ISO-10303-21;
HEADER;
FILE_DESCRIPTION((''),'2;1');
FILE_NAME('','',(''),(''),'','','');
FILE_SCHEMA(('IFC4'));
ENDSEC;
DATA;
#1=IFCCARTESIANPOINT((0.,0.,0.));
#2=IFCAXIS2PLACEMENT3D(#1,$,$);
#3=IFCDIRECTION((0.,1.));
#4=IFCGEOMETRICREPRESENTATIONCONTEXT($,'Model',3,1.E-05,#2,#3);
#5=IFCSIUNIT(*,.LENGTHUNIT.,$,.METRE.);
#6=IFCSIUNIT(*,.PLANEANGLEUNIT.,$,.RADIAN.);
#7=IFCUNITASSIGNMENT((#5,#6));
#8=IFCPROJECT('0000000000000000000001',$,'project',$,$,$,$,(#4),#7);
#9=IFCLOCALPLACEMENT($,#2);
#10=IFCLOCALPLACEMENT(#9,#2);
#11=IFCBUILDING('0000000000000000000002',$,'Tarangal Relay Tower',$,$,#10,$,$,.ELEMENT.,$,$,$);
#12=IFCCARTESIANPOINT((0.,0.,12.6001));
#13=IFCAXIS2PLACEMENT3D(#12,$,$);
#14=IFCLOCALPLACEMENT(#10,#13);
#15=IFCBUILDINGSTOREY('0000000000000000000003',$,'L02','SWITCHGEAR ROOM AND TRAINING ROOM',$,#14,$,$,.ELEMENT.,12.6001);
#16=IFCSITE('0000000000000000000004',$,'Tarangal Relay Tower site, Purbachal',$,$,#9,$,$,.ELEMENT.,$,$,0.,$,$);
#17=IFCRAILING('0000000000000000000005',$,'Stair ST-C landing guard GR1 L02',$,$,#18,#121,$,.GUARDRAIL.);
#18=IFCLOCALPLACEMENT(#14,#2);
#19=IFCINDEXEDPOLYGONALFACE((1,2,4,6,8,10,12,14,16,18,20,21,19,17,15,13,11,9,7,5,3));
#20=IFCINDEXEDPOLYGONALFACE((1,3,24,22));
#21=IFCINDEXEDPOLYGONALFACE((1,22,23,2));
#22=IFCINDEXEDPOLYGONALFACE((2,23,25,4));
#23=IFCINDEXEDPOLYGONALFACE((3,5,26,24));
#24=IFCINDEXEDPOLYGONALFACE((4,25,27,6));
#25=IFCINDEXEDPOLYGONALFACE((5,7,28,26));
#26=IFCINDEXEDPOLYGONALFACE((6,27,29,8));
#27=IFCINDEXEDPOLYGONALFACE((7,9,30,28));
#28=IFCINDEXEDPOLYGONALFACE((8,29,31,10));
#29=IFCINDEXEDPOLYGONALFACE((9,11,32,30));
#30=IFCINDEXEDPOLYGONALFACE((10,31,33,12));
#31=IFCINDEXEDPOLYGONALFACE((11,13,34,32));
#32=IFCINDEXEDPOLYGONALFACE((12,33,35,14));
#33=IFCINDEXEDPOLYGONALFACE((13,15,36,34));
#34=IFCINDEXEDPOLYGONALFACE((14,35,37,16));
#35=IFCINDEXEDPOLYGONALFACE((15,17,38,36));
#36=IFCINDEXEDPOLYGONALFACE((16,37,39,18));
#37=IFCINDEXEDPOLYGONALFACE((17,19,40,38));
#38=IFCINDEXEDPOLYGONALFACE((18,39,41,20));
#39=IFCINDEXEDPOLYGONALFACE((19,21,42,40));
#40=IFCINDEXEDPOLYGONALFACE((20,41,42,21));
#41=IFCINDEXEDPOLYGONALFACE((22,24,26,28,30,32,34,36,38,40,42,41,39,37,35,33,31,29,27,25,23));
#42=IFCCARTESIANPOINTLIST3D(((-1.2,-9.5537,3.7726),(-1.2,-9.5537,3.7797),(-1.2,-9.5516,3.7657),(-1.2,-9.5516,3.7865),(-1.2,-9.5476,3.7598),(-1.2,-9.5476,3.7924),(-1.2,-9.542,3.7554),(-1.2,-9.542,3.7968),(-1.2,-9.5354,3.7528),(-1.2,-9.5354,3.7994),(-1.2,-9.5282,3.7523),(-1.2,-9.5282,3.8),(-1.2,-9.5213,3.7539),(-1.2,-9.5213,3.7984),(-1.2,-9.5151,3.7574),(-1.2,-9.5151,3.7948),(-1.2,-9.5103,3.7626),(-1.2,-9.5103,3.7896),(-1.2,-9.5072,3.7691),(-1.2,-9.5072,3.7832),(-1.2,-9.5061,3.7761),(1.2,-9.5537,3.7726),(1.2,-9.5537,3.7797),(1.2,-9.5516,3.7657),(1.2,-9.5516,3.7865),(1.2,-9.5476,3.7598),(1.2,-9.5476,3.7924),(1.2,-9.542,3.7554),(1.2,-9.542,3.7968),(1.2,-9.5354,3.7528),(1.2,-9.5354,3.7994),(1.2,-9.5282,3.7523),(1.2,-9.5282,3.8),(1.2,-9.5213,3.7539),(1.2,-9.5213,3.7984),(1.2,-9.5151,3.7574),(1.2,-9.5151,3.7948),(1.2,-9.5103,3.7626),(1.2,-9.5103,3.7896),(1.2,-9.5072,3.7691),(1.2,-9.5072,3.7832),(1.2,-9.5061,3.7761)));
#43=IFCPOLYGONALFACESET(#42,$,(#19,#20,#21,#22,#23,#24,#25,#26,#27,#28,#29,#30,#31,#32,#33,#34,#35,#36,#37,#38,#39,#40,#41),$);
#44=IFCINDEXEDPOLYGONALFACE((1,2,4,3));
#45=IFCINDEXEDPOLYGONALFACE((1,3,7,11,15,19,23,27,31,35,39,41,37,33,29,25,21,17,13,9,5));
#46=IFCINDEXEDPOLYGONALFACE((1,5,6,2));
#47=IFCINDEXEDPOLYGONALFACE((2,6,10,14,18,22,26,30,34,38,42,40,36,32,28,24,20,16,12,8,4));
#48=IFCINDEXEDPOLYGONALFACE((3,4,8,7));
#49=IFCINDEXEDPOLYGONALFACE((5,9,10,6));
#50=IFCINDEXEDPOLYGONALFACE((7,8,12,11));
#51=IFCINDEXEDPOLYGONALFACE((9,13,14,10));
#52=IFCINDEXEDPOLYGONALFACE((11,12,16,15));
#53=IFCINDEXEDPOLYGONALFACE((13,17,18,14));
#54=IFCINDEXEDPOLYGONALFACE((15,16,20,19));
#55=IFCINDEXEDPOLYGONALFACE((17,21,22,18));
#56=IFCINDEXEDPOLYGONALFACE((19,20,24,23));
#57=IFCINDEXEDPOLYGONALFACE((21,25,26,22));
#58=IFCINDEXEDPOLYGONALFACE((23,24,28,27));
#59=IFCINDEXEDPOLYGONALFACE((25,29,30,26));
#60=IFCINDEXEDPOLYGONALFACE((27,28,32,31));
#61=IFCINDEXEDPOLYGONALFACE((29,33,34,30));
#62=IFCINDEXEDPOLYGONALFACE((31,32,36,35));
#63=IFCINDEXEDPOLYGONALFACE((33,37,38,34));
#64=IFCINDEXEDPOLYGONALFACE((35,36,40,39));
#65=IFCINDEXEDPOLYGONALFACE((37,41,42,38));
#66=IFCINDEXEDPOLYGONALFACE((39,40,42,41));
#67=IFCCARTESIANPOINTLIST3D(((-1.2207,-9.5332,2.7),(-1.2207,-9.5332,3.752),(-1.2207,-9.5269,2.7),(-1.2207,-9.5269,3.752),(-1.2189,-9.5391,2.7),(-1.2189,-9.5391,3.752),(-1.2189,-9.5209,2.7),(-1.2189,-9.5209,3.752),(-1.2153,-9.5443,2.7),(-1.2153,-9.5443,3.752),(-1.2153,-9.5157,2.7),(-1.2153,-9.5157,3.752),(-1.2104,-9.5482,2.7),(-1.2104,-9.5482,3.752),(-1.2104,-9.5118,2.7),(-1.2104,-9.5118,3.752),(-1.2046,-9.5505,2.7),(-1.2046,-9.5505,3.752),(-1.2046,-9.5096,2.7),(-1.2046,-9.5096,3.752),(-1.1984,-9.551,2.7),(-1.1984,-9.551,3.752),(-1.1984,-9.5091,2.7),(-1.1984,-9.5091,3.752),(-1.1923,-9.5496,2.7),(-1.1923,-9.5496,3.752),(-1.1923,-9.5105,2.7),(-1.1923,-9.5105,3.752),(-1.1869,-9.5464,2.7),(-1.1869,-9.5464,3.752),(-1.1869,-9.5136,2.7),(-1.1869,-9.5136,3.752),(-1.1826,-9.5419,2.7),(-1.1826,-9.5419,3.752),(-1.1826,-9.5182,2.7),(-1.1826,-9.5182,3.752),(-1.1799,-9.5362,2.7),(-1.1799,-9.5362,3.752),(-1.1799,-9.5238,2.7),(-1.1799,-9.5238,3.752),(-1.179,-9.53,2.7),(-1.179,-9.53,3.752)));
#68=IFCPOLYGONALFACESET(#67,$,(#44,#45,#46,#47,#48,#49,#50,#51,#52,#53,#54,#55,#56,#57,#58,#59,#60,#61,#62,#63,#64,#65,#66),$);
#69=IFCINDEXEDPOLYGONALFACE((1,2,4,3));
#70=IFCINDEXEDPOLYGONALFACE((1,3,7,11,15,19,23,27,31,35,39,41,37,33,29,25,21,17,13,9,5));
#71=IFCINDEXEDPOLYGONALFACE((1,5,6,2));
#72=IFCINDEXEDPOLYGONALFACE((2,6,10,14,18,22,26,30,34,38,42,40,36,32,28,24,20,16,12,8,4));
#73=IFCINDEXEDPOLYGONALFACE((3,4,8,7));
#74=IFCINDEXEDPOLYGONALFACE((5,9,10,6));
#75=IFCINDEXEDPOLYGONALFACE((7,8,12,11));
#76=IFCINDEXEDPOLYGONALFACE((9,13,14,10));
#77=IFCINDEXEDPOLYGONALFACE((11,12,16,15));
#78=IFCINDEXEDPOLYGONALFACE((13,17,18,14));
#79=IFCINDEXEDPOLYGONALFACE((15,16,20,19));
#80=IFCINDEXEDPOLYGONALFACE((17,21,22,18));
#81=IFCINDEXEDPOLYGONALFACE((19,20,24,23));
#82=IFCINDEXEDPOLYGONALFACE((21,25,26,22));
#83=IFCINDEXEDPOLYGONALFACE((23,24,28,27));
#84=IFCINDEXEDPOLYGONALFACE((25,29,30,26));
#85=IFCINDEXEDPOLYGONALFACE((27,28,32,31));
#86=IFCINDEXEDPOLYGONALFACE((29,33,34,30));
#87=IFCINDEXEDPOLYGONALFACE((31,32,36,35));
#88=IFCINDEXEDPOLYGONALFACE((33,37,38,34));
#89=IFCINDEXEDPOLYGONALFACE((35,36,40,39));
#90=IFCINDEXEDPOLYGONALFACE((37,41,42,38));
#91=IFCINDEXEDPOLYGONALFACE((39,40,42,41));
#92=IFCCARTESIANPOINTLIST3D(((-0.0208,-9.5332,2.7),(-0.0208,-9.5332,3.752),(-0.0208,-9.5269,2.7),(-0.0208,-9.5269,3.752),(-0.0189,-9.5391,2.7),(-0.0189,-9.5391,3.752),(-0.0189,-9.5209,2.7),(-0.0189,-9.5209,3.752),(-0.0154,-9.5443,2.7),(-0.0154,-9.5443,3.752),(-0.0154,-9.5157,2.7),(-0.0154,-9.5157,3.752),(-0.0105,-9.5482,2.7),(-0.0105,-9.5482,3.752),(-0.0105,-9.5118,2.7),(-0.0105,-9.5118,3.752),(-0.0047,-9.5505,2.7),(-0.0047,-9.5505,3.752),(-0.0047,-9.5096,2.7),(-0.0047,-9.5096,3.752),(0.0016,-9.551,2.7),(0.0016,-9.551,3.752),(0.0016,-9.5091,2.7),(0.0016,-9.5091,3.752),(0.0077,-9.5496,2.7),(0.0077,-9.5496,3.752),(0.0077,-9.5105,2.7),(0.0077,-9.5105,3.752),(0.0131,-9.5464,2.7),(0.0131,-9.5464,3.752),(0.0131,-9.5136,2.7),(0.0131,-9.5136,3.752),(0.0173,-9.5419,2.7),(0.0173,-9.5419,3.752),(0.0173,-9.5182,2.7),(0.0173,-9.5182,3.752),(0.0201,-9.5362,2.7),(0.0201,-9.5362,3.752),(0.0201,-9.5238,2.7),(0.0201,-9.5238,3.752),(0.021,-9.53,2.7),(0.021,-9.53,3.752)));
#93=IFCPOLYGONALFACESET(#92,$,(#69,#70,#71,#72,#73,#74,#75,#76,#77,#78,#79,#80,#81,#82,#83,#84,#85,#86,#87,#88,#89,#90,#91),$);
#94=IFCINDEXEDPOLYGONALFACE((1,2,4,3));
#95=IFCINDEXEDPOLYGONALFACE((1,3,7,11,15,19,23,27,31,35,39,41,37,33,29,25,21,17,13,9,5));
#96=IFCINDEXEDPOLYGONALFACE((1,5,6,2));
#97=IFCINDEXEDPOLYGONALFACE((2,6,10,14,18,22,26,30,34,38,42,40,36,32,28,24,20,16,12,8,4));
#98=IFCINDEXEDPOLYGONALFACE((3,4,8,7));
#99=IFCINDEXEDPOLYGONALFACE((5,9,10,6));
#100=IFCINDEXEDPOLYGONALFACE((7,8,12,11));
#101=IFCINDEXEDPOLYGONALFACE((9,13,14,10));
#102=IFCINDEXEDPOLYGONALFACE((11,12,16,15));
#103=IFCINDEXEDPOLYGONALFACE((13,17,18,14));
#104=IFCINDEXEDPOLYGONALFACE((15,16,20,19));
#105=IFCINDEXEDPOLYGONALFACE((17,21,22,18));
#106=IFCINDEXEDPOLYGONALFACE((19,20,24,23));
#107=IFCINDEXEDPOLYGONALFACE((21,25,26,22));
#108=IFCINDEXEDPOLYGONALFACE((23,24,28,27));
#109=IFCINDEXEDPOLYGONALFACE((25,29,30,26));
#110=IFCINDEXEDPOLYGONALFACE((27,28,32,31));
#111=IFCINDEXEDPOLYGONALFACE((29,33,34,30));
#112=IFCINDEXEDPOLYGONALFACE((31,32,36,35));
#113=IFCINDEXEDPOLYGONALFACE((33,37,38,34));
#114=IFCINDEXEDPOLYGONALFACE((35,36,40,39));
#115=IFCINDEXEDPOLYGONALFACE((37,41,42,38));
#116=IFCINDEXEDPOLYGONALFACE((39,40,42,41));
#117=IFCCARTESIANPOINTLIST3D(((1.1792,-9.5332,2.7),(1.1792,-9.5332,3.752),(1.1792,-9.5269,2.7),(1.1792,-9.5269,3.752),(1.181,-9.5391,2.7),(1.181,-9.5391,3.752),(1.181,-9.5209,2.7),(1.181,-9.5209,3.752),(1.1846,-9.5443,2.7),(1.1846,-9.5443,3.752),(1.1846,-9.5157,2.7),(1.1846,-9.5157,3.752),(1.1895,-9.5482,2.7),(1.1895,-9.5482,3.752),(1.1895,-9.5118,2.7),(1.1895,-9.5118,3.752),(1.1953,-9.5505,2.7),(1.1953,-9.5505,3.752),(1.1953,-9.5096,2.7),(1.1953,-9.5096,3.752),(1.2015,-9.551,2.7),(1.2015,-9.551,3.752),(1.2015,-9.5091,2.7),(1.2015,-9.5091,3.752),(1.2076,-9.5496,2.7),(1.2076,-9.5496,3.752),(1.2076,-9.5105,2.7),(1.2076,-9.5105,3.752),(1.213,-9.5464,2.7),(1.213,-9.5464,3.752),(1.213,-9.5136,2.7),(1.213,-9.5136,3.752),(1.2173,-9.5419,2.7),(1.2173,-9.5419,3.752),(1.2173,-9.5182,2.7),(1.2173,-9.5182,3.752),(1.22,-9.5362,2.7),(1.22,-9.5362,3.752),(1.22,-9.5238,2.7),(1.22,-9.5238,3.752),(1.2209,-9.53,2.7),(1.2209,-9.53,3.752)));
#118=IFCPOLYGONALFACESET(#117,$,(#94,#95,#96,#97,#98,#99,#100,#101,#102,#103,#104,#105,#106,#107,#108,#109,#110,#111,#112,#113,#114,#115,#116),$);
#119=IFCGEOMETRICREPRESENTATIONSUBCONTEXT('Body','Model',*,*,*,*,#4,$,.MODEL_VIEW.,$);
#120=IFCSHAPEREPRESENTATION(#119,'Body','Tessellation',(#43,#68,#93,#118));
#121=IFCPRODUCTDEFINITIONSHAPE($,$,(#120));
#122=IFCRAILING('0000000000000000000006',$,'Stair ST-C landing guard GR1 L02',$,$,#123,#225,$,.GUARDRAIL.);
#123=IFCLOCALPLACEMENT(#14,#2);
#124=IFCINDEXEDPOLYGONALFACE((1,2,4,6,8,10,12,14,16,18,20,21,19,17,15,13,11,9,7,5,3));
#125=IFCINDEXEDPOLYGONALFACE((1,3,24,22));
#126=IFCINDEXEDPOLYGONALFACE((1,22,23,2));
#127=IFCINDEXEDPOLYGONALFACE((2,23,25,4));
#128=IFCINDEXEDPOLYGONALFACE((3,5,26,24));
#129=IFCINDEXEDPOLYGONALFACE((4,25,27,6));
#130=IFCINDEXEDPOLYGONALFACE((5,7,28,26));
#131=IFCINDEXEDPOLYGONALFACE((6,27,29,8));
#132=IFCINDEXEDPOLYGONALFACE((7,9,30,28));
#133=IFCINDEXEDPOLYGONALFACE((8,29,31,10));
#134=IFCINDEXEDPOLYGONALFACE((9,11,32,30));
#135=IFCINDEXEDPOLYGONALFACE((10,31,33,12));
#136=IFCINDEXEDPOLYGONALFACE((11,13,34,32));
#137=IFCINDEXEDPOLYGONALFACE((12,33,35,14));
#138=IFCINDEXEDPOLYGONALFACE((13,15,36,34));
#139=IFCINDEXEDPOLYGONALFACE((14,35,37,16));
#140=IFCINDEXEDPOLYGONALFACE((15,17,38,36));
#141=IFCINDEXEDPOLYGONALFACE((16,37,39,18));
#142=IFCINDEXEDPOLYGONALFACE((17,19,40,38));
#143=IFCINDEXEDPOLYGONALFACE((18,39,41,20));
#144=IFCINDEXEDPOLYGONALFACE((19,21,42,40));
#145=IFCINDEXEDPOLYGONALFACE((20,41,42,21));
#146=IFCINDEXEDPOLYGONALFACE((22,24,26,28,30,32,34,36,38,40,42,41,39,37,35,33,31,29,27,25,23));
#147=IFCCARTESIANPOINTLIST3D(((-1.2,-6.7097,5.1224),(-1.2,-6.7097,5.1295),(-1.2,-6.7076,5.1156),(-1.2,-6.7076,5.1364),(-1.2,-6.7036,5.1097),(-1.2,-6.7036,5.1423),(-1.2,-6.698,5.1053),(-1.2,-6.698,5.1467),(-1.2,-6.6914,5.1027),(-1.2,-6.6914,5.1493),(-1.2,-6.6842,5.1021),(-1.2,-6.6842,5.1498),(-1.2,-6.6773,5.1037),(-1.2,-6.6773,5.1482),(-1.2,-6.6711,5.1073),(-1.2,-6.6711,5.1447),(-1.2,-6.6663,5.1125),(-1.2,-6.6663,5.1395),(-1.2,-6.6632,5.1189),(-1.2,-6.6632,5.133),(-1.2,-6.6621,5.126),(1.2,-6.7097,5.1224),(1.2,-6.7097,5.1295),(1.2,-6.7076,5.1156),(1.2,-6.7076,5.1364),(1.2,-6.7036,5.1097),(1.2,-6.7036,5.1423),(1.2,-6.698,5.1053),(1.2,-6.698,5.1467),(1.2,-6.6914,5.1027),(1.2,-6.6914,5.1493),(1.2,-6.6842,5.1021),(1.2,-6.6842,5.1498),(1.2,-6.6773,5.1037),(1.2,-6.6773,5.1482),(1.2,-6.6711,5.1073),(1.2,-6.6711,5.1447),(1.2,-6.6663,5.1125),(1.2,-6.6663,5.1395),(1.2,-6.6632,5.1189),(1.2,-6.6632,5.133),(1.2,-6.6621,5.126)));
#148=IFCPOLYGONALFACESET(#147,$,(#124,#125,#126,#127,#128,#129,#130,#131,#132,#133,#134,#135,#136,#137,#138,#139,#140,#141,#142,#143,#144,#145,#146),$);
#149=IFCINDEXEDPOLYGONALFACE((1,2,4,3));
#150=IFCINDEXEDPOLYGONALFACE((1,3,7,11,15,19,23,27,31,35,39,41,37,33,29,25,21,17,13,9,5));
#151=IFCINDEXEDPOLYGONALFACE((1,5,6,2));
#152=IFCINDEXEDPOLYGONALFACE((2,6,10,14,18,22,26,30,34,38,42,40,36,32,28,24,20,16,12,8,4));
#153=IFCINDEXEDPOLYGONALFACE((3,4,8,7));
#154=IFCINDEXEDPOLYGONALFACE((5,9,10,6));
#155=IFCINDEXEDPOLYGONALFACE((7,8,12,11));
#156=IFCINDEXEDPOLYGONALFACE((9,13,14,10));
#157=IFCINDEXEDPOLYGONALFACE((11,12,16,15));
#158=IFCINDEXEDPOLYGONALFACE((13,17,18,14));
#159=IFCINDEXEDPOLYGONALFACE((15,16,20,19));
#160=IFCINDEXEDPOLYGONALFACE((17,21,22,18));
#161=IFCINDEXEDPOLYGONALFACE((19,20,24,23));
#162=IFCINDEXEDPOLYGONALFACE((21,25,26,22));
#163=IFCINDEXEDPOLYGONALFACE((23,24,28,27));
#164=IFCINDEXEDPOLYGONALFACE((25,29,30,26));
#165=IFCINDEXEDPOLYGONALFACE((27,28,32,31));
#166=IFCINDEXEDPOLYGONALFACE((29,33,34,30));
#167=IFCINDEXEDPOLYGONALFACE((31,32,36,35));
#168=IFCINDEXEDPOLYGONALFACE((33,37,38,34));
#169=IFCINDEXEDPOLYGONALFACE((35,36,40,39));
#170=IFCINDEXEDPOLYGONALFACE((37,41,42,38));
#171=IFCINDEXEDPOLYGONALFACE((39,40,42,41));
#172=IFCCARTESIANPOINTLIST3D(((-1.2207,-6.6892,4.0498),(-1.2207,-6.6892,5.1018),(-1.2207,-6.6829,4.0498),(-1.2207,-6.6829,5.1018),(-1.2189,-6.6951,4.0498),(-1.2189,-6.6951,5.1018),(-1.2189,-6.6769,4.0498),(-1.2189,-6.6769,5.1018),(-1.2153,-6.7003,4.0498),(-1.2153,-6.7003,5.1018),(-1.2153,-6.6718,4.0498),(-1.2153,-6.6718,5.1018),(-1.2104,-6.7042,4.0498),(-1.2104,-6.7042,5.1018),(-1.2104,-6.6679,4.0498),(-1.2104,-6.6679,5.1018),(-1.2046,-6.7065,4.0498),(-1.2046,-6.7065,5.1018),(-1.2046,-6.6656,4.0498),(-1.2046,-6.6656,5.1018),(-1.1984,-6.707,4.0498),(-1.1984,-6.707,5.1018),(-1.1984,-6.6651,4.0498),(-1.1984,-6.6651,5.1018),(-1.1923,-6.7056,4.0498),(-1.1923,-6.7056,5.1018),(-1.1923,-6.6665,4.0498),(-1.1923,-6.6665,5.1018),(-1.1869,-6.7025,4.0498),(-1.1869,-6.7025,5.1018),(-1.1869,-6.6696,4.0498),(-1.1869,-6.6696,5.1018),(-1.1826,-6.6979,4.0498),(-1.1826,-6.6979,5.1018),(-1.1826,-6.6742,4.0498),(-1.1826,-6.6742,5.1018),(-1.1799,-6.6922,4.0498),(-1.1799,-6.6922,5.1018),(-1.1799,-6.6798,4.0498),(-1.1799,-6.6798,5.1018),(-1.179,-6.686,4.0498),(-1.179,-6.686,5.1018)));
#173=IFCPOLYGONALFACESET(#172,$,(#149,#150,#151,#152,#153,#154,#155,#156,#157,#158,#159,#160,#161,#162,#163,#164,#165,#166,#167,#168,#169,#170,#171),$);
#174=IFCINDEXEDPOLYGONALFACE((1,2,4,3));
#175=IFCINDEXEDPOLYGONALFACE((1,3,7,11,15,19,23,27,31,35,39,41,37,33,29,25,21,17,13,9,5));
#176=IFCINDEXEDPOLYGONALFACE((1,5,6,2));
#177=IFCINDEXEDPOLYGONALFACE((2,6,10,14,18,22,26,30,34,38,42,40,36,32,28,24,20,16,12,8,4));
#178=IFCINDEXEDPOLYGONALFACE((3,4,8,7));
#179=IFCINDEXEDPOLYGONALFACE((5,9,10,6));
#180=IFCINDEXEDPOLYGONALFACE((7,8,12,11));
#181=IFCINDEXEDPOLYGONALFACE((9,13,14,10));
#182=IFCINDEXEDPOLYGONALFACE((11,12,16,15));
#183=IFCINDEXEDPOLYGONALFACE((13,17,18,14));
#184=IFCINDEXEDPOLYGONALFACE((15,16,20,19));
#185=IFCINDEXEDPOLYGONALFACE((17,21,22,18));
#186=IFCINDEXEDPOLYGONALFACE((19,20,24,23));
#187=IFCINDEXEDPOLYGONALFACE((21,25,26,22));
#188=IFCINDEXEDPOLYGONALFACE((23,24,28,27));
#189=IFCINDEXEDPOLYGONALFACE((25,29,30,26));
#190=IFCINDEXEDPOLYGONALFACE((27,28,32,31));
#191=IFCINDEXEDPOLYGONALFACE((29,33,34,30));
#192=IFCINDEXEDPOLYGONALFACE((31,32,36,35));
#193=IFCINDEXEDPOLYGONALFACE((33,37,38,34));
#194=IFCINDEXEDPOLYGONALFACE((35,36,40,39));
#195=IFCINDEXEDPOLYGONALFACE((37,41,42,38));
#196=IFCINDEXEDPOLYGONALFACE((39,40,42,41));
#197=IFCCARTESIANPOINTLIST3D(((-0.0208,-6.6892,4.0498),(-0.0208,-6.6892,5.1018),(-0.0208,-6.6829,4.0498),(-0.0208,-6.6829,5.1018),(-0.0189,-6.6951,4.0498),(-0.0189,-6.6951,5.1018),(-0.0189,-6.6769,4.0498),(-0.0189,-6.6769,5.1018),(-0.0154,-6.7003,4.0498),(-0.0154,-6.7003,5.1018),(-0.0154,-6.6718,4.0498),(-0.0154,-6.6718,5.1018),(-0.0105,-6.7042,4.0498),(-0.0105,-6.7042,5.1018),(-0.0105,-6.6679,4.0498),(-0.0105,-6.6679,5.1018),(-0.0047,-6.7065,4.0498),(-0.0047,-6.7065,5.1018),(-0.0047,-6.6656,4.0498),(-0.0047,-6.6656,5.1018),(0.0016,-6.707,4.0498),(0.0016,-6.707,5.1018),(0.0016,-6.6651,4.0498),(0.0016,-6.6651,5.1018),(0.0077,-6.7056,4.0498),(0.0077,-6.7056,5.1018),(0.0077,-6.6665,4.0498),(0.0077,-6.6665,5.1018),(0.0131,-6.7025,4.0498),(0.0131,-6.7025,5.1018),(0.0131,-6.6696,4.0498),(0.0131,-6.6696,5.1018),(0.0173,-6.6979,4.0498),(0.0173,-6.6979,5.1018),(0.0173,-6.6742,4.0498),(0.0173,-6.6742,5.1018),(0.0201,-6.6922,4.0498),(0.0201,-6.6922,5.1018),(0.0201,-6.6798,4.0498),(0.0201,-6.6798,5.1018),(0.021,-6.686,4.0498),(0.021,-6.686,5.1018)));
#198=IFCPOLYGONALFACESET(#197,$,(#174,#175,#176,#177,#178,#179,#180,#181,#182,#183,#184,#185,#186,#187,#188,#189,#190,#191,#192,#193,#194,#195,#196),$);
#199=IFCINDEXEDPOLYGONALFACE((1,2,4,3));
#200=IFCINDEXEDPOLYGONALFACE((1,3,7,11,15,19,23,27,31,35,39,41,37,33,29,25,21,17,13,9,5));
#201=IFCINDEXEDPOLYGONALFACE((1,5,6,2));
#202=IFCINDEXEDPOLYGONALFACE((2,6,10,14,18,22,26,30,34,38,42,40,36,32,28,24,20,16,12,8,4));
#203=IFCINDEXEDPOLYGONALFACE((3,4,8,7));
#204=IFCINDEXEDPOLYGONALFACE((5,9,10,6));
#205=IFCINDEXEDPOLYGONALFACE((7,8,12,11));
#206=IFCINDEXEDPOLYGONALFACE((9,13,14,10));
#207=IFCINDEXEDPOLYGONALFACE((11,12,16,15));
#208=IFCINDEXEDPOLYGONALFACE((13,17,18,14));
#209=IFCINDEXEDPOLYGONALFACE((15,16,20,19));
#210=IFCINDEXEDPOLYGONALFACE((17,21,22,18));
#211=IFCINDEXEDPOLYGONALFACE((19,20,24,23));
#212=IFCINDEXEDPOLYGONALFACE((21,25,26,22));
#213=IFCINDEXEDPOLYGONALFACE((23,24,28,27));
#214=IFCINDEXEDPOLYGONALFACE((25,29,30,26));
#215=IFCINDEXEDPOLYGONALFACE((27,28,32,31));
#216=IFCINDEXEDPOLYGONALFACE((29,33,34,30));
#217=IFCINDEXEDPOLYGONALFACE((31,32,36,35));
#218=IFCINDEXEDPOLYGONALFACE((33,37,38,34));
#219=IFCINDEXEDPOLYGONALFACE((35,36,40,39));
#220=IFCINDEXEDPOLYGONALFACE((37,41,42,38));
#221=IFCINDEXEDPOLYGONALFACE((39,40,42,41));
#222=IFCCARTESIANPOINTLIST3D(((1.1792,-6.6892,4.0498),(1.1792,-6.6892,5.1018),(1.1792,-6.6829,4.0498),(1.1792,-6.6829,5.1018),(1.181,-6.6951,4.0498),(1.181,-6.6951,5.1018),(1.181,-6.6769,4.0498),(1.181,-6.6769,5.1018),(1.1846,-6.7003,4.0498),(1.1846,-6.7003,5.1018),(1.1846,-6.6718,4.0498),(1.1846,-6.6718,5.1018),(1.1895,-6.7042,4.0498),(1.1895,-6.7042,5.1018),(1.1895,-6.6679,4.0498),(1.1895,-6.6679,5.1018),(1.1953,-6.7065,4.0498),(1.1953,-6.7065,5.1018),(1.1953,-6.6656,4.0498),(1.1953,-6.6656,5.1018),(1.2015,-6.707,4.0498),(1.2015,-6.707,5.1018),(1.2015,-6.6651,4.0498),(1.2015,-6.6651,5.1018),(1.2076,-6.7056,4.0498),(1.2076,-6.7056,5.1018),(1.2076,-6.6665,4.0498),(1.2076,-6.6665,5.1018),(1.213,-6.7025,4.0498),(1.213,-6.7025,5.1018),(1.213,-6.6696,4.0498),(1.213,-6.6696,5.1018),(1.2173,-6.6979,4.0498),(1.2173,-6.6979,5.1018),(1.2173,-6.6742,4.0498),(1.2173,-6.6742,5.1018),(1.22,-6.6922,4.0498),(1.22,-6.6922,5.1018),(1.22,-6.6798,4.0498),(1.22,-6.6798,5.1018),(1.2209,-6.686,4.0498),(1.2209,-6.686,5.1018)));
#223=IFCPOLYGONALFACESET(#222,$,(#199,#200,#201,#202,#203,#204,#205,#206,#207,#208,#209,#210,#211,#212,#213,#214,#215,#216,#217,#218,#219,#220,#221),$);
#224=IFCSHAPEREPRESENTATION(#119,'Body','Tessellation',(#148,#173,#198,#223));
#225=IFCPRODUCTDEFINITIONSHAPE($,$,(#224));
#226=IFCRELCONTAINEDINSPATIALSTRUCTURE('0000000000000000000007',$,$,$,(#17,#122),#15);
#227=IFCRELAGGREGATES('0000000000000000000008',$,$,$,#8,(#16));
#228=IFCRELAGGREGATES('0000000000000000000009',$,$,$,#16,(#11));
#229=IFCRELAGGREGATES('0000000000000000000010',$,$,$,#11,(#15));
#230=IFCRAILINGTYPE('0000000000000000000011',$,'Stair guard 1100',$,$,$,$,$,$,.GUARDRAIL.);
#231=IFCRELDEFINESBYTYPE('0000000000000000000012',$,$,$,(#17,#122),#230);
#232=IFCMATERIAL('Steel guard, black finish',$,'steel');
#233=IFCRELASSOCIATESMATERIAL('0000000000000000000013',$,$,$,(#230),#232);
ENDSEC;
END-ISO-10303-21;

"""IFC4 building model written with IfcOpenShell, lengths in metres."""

from ifc_helpers import new_model, si_unit, direction, frame, origin, origin_2d, place, context, subcontext, project, spatial, circle, extrude, material, type_object, element, save


model = new_model("IFC4")

# Units and contexts
model_context = context("Model", 3, precision=1e-05, world=origin(), true_north=direction((0.0, 1.0)))
body_context = subcontext(model_context, "Body", "Model", "MODEL_VIEW")
ifc_project = project(units=[si_unit("LENGTHUNIT", "METRE"), si_unit("PLANEANGLEUNIT", "RADIAN")], contexts=[model_context])

# Site, building, storey
site_placement = place(None, origin())
site = spatial("IfcSite", under=ifc_project, at=site_placement, Name="Tarangal Relay Tower site, Purbachal", CompositionType="ELEMENT", RefElevation=0.0)
building_placement = place(site_placement, origin())
building = spatial("IfcBuilding", under=site, at=building_placement, Name="Tarangal Relay Tower", CompositionType="ELEMENT")
storey_placement = place(building_placement, frame((0.0, 0.0, 12.6001)))
storey = spatial("IfcBuildingStorey", under=building, at=storey_placement, Name="L02", Description="SWITCHGEAR ROOM AND TRAINING ROOM", CompositionType="ELEMENT", Elevation=12.6001)

# Railings
ifc_material_1 = material(Name="Steel guard, black finish", Category="steel")
railing_type_1 = type_object("IfcRailingType", Name="Stair guard 1100", PredefinedType="GUARDRAIL", material=ifc_material_1)
for number, where, name in (
    (1, (-1.2, -9.53, 2.7), "Stair ST-C landing guard GR1 L02"),
    (2, (-1.2, -6.686, 4.0498), "Stair ST-C landing guard GR1 L02"),
):
    element("IfcRailing", number, at=place(storey_placement, frame(where)), inside=storey, type_object=railing_type_1, Name=name, PredefinedType="GUARDRAIL", context=body_context, shape_type="SweptSolid", body=[
        extrude(circle(Radius=0.0239, at=origin_2d()), frame((0.0, 0.0, 1.0762), z_axis=(1.0, 0.0, 0.0), x_axis=(0.0, 1.0, 0.0)), (0.0, 0.0, 1.0), 2.3999),
        extrude(circle(Radius=0.021, at=origin_2d()), origin(), (0.0, 0.0, 1.0), 1.052),
        extrude(circle(Radius=0.021, at=origin_2d()), frame((1.2, 0.0, 0.0)), (0.0, 0.0, 1.0), 1.052),
        extrude(circle(Radius=0.021, at=origin_2d()), frame((2.3999, 0.0, 0.0)), (0.0, 0.0, 1.0), 1.052),
    ])

save(model, "model.ifc")
